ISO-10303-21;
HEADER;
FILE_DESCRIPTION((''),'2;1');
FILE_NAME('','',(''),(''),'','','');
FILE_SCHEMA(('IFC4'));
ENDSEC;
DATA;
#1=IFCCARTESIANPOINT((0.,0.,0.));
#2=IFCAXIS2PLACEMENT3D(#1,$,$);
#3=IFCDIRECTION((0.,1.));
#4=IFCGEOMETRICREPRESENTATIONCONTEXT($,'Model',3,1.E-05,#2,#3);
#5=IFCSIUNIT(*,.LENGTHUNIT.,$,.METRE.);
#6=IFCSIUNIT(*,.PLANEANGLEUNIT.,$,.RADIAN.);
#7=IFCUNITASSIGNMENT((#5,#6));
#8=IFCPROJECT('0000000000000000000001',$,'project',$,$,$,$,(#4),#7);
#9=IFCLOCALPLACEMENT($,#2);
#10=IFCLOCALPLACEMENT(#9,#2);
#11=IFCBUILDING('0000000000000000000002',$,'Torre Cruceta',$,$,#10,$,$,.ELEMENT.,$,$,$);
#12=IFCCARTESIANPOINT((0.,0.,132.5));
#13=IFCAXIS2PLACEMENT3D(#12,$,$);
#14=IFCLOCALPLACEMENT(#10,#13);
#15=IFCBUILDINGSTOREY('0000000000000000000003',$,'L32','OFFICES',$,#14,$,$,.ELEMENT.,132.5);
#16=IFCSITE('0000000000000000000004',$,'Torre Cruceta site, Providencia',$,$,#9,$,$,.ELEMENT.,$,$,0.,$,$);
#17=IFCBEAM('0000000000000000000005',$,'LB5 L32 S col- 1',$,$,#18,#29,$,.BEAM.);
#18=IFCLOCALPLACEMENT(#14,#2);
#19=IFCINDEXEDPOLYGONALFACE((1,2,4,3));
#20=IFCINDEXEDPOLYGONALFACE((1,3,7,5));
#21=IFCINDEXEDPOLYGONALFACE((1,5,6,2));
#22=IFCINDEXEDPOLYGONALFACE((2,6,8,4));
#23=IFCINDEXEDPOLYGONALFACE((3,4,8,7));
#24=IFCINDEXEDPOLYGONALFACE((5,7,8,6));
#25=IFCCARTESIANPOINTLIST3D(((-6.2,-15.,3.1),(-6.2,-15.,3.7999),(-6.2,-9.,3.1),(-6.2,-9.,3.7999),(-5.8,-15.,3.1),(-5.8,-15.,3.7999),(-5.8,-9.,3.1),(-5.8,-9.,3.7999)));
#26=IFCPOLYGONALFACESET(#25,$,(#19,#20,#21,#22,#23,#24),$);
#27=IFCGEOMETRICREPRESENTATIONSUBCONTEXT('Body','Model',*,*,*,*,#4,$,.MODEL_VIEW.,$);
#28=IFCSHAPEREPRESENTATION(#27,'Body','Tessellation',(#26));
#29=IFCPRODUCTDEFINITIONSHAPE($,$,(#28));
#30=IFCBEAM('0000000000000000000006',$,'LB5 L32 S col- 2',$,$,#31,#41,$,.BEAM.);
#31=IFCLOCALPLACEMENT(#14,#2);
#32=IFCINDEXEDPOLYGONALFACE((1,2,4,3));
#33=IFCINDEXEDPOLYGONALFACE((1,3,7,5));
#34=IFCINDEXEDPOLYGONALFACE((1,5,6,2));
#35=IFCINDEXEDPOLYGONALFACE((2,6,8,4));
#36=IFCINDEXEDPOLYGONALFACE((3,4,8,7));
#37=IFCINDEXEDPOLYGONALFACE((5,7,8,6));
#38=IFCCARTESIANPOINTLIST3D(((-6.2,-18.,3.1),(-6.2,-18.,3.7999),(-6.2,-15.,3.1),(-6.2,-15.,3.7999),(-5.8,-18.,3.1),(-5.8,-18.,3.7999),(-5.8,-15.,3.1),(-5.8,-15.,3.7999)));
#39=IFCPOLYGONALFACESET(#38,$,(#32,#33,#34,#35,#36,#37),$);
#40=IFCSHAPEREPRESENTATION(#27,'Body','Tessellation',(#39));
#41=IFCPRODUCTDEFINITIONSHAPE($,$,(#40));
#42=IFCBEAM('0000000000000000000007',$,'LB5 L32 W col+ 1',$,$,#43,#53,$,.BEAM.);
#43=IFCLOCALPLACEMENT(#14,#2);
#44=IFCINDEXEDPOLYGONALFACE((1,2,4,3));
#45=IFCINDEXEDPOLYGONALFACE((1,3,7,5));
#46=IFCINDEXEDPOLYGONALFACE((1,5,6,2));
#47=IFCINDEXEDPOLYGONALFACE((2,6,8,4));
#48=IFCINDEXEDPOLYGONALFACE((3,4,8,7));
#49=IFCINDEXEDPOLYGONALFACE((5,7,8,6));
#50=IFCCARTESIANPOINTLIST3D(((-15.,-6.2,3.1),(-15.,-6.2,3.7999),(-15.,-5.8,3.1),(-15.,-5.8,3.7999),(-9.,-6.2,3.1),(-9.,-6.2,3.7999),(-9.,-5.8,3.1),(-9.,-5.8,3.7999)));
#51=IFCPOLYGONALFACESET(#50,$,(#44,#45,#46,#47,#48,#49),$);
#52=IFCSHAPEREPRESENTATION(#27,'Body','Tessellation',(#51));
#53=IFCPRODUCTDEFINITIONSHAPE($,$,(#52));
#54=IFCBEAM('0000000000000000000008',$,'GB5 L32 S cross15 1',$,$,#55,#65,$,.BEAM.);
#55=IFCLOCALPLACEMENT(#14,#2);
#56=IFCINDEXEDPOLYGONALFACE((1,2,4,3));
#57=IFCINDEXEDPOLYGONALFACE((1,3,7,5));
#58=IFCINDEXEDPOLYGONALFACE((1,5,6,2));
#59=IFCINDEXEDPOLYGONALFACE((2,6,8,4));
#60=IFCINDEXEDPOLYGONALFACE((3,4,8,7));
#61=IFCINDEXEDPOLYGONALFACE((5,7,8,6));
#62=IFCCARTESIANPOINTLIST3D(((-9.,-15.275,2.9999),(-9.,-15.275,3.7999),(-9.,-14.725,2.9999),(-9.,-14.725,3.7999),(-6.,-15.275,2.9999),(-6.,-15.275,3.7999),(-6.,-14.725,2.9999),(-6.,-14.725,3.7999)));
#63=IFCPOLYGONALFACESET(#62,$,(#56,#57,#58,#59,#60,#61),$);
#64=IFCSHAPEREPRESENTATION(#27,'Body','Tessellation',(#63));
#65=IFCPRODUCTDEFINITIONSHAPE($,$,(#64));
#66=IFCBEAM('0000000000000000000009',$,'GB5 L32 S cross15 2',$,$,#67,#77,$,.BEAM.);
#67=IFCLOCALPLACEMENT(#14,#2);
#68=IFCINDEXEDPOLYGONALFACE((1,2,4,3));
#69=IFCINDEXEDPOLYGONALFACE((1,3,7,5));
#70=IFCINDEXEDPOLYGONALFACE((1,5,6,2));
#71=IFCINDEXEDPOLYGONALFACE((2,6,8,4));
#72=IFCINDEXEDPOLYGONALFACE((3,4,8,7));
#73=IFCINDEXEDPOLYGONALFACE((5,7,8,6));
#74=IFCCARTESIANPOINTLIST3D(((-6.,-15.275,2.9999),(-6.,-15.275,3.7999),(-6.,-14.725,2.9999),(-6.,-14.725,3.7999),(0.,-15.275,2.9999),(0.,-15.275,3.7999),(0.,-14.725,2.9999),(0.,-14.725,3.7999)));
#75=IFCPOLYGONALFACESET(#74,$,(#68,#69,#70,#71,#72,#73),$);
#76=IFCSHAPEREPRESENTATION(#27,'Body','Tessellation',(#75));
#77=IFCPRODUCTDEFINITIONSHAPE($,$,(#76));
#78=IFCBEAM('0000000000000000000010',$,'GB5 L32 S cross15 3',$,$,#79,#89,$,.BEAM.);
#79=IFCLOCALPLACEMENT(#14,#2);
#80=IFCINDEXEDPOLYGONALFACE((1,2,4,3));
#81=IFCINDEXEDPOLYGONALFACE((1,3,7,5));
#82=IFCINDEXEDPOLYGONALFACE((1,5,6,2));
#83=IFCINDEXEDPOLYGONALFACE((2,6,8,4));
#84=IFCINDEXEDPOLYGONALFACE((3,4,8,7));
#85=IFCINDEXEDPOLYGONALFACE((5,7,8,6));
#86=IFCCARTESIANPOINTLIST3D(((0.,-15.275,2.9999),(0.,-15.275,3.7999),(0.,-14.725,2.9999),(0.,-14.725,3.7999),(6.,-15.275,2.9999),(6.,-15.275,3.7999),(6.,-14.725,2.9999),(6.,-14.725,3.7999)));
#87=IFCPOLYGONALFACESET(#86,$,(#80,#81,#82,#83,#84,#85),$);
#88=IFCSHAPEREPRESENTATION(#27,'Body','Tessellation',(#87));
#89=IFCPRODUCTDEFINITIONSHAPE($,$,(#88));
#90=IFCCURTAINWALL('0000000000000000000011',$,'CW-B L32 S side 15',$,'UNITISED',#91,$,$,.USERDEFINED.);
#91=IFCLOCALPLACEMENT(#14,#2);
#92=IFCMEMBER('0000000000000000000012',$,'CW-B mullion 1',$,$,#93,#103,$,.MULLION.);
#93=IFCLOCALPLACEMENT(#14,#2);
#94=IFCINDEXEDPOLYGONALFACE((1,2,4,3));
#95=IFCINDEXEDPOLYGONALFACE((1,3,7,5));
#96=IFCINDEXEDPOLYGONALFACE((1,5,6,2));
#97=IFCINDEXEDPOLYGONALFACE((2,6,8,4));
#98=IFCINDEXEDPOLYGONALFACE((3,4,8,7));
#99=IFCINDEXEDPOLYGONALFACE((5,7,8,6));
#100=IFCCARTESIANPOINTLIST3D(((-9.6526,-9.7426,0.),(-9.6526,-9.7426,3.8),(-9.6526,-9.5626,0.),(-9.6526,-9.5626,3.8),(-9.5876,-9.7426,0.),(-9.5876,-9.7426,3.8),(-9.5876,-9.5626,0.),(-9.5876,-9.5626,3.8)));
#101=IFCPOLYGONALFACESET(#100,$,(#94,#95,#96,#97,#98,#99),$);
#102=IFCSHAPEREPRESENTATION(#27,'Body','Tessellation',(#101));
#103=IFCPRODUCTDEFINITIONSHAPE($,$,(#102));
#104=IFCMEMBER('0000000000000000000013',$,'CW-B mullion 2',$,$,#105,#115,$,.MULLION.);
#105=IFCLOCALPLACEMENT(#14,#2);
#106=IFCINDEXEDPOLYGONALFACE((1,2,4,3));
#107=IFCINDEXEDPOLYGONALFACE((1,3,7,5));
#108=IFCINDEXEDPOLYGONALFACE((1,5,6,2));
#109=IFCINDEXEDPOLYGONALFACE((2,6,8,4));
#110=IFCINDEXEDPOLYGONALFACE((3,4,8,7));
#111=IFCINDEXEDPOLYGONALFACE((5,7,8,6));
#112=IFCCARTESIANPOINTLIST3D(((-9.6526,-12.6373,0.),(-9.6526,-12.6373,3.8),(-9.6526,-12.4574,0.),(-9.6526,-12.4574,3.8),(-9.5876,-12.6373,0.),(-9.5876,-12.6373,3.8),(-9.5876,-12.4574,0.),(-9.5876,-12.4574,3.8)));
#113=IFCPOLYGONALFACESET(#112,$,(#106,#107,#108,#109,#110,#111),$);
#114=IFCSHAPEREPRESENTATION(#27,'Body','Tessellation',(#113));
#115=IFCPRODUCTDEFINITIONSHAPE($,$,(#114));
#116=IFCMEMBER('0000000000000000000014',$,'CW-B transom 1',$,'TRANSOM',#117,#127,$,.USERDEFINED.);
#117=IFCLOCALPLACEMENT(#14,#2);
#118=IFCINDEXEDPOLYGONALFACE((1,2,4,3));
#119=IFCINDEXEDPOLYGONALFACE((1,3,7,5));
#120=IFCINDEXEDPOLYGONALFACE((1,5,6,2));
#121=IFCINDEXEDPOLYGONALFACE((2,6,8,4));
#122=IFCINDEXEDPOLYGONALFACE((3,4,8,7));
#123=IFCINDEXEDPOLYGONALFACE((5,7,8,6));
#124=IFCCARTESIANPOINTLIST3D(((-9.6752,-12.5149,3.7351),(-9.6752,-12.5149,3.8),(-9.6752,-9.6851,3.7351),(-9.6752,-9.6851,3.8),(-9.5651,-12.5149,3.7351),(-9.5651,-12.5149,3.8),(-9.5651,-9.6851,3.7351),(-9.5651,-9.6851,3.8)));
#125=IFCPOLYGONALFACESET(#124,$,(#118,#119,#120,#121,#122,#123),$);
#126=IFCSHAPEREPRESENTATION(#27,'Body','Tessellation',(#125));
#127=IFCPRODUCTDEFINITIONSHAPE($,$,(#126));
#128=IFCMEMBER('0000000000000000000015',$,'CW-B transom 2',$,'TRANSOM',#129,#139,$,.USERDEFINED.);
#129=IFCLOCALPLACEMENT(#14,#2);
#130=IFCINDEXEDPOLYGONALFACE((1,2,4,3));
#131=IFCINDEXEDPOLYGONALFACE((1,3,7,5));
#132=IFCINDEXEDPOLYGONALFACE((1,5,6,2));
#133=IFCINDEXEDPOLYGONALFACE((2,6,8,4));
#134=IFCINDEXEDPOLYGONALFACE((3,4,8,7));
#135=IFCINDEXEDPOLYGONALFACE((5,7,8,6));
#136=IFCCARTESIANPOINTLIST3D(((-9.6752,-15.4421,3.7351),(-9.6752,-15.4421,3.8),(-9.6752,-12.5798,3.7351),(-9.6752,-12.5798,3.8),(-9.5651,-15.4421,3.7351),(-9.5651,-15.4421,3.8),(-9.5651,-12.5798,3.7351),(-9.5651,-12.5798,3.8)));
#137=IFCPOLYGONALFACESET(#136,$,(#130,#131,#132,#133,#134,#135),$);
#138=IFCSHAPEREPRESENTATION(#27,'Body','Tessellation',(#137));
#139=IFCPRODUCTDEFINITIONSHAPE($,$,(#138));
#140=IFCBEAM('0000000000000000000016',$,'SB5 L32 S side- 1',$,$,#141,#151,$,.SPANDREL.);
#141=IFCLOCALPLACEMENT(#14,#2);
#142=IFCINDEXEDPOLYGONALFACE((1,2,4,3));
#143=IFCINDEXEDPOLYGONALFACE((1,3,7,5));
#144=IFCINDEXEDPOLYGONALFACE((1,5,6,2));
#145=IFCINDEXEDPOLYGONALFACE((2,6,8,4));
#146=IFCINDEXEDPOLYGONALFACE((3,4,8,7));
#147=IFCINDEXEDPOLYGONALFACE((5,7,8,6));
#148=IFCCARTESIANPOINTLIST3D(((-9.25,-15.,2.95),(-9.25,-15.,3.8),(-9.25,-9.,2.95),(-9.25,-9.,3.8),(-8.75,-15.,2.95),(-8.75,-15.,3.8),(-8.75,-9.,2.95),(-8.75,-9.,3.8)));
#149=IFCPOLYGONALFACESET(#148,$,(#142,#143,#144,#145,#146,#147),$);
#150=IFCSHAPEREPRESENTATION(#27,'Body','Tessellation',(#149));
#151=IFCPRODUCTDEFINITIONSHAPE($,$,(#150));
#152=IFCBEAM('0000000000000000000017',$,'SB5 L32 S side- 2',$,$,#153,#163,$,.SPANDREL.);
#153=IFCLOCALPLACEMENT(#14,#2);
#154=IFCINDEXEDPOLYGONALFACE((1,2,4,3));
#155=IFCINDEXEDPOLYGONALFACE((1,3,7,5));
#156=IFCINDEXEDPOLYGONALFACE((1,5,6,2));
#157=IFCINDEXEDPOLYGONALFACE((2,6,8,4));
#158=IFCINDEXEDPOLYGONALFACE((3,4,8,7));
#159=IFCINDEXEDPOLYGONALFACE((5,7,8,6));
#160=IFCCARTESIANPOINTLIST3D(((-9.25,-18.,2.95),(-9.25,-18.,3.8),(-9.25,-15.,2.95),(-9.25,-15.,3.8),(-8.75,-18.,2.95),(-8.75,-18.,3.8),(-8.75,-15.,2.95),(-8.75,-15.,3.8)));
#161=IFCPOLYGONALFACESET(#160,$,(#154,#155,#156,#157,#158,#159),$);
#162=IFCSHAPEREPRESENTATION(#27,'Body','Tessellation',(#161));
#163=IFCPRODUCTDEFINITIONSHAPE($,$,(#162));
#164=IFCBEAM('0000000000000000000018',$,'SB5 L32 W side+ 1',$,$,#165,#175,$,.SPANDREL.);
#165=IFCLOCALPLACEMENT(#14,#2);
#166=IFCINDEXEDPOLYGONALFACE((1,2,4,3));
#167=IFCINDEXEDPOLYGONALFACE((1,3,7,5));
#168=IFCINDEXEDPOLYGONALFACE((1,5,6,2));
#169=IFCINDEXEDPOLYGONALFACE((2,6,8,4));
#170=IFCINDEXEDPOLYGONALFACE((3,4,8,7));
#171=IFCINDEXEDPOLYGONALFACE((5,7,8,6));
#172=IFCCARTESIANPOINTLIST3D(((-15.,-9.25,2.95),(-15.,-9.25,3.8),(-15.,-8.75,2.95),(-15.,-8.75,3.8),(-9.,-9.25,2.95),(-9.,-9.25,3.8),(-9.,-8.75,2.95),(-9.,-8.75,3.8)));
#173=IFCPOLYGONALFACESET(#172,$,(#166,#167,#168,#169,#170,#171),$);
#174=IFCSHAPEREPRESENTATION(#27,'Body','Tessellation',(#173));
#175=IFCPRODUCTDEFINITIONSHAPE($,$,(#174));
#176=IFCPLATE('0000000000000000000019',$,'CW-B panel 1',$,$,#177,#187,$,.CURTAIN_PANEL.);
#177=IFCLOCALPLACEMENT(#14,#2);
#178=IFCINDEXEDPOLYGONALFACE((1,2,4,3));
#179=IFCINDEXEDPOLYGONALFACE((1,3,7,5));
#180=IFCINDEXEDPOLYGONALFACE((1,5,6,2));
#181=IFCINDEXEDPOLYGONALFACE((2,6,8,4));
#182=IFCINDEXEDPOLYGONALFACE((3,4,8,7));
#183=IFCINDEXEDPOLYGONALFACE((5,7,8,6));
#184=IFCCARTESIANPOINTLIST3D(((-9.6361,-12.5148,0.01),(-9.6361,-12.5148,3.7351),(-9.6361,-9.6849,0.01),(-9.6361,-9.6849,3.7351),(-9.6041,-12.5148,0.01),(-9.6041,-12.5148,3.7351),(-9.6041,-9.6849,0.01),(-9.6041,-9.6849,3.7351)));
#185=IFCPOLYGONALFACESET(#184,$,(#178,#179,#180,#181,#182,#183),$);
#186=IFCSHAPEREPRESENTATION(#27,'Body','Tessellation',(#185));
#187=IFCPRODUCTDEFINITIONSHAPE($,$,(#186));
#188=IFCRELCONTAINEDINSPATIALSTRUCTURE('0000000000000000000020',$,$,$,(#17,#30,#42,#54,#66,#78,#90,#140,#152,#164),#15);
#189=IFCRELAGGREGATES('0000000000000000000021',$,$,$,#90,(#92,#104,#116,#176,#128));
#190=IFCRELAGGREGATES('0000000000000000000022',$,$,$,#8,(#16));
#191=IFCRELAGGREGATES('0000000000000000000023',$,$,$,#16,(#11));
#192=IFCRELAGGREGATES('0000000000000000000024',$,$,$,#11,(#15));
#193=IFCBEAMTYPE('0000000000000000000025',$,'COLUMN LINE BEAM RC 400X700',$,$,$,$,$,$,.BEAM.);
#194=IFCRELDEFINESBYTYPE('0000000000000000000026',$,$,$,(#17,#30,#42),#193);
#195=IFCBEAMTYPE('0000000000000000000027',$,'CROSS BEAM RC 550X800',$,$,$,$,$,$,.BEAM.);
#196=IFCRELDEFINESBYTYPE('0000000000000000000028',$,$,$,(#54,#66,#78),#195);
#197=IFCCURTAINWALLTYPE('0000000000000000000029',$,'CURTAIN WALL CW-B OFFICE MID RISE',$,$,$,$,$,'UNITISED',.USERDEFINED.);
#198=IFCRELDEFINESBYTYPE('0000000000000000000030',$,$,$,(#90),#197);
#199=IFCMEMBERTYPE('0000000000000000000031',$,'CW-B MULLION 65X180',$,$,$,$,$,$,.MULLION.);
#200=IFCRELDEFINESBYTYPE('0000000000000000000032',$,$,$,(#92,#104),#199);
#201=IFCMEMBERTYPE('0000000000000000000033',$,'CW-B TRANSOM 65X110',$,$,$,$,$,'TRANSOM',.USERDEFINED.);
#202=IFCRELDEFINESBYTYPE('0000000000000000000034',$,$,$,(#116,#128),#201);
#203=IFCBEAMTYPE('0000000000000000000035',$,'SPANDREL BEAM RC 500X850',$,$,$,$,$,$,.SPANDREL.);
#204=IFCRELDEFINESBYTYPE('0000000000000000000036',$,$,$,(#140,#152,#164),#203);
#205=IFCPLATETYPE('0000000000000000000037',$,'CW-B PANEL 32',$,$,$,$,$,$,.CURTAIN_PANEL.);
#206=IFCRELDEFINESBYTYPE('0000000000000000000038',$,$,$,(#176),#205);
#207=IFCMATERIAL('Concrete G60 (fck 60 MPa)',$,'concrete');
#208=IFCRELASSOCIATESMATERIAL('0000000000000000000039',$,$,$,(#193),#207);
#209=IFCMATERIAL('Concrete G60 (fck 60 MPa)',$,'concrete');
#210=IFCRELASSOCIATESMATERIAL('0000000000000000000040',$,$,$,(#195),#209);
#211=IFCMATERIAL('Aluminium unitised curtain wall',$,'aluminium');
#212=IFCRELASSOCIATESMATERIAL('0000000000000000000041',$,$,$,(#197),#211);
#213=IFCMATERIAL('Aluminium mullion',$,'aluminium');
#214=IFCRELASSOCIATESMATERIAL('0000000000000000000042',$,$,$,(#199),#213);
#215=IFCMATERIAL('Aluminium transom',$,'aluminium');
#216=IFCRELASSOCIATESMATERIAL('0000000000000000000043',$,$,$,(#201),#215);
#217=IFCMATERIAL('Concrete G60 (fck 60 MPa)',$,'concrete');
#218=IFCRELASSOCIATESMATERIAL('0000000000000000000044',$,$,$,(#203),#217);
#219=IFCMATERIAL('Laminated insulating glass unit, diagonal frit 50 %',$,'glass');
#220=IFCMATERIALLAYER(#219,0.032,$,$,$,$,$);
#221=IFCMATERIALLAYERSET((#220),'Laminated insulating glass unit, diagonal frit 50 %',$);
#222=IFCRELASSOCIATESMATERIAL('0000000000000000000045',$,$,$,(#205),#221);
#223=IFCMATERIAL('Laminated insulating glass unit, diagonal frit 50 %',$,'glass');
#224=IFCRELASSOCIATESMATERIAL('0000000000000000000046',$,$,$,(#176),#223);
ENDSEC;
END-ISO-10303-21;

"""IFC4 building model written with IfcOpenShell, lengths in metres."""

from ifc_helpers import new_model, si_unit, direction, frame, origin, origin_2d, place, context, subcontext, project, spatial, rectangle, extrude, material, layer, layer_set, material_profile, profile_set, type_object, element, aggregate, save


model = new_model("IFC4")

# Units and contexts
model_context = context("Model", 3, precision=1e-05, world=origin(), true_north=direction((0.0, 1.0)))
body_context = subcontext(model_context, "Body", "Model", "MODEL_VIEW")
ifc_project = project(units=[si_unit("LENGTHUNIT", "METRE"), si_unit("PLANEANGLEUNIT", "RADIAN")], contexts=[model_context])

# Site, building, storey
site_placement = place(None, origin())
site = spatial("IfcSite", under=ifc_project, at=site_placement, Name="Torre Cruceta site, Providencia", CompositionType="ELEMENT", RefElevation=0.0)
building_placement = place(site_placement, origin())
building = spatial("IfcBuilding", under=site, at=building_placement, Name="Torre Cruceta", CompositionType="ELEMENT")
storey_placement = place(building_placement, frame((0.0, 0.0, 132.5)))
storey = spatial("IfcBuildingStorey", under=building, at=storey_placement, Name="L32", Description="OFFICES", CompositionType="ELEMENT", Elevation=132.5)

# Beams
ifc_material_1 = material(Name="Concrete G60 (fck 60 MPa)", Category="concrete")
ifc_material_profile_1 = material_profile(ifc_material_1, rectangle(XDim=0.3999, YDim=0.7, at=origin_2d()), Name="RC 400X700")
ifc_profile_set_1 = profile_set([ifc_material_profile_1], Name="Concrete G60 (fck 60 MPa)")
beam_type_1 = type_object("IfcBeamType", Name="COLUMN LINE BEAM RC 400X700", PredefinedType="BEAM", material=ifc_profile_set_1)
beam_1_placement = place(storey_placement, frame((-6.0, -9.0, 3.45), z_axis=(0.0, -1.0, 0.0), x_axis=(1.0, 0.0, 0.0)))
element("IfcBeam", 1, at=beam_1_placement, inside=storey, type_object=beam_type_1, Name="LB5 L32 S col- 1", PredefinedType="BEAM", context=body_context, shape_type="SweptSolid", body=[
    extrude(rectangle(XDim=0.3999, YDim=0.7, at=origin_2d()), origin(), (0.0, 0.0, 1.0), 6.0),
])
beam_2_placement = place(storey_placement, frame((-6.0, -15.0, 3.45), z_axis=(0.0, -1.0, 0.0), x_axis=(1.0, 0.0, 0.0)))
element("IfcBeam", 2, at=beam_2_placement, inside=storey, type_object=beam_type_1, Name="LB5 L32 S col- 2", PredefinedType="BEAM", context=body_context, shape_type="SweptSolid", body=[
    extrude(rectangle(XDim=0.3999, YDim=0.7, at=origin_2d()), origin(), (0.0, 0.0, 1.0), 3.0),
])
beam_3_placement = place(storey_placement, frame((-9.0, -6.0, 3.45), z_axis=(-1.0, 0.0, 0.0), x_axis=(0.0, -1.0, 0.0)))
element("IfcBeam", 3, at=beam_3_placement, inside=storey, type_object=beam_type_1, Name="LB5 L32 W col+ 1", PredefinedType="BEAM", context=body_context, shape_type="SweptSolid", body=[
    extrude(rectangle(XDim=0.3999, YDim=0.7, at=origin_2d()), origin(), (0.0, 0.0, 1.0), 6.0),
])
ifc_material_2 = material(Name="Concrete G60 (fck 60 MPa)", Category="concrete")
ifc_material_profile_2 = material_profile(ifc_material_2, rectangle(XDim=0.55, YDim=0.8, at=origin_2d()), Name="RC 550X800")
ifc_profile_set_2 = profile_set([ifc_material_profile_2], Name="Concrete G60 (fck 60 MPa)")
beam_type_2 = type_object("IfcBeamType", Name="CROSS BEAM RC 550X800", PredefinedType="BEAM", material=ifc_profile_set_2)
beam_4_placement = place(storey_placement, frame((-9.0, -15.0, 3.3999), z_axis=(1.0, 0.0, 0.0), x_axis=(0.0, 1.0, 0.0)))
element("IfcBeam", 4, at=beam_4_placement, inside=storey, type_object=beam_type_2, Name="GB5 L32 S cross15 1", PredefinedType="BEAM", context=body_context, shape_type="SweptSolid", body=[
    extrude(rectangle(XDim=0.55, YDim=0.8, at=origin_2d()), origin(), (0.0, 0.0, 1.0), 3.0),
])
for number, where, z_axis, x_axis, name in (
    (5, (-6.0, -15.0, 3.3999), (1.0, 0.0, 0.0), (0.0, 1.0, 0.0), "GB5 L32 S cross15 2"),
    (6, (0.0, -15.0, 3.3999), (1.0, 0.0, 0.0), (0.0, 1.0, 0.0), "GB5 L32 S cross15 3"),
):
    element("IfcBeam", number, at=place(storey_placement, frame(where, z_axis=z_axis, x_axis=x_axis)), inside=storey, type_object=beam_type_2, Name=name, PredefinedType="BEAM", context=body_context, shape_type="SweptSolid", body=[
        extrude(rectangle(XDim=0.55, YDim=0.8, at=origin_2d()), origin(), (0.0, 0.0, 1.0), 6.0),
    ])

# Curtain wall, members
ifc_material_3 = material(Name="Aluminium unitised curtain wall", Category="aluminium")
curtain_wall_type = type_object("IfcCurtainWallType", Name="CURTAIN WALL CW-B OFFICE MID RISE", ElementType="UNITISED", PredefinedType="USERDEFINED", material=ifc_material_3)
curtain_wall_placement = place(storey_placement, origin())
curtain_wall = element("IfcCurtainWall", 7, at=curtain_wall_placement, inside=storey, type_object=curtain_wall_type, Name="CW-B L32 S side 15", ObjectType="UNITISED", PredefinedType="USERDEFINED")
ifc_material_4 = material(Name="Aluminium mullion", Category="aluminium")
ifc_material_profile_3 = material_profile(ifc_material_4, rectangle(XDim=0.0649, YDim=0.1799, at=origin_2d()), Name="AL 65X180")
ifc_profile_set_3 = profile_set([ifc_material_profile_3], Name="Aluminium mullion")
member_type_1 = type_object("IfcMemberType", Name="CW-B MULLION 65X180", PredefinedType="MULLION", material=ifc_profile_set_3)
member_1_placement = place(storey_placement, frame((-9.6201, -9.6526, 0.0), z_axis=(0.0, 0.0, 1.0), x_axis=(1.0, 0.0, 0.0)))
member_1 = element("IfcMember", 8, at=member_1_placement, type_object=member_type_1, Name="CW-B mullion 1", PredefinedType="MULLION", context=body_context, shape_type="SweptSolid", body=[
    extrude(rectangle(XDim=0.0649, YDim=0.1799, at=origin_2d()), origin(), (0.0, 0.0, 1.0), 3.8),
])
member_2_placement = place(storey_placement, frame((-9.6201, -12.5474, 0.0), z_axis=(0.0, 0.0, 1.0), x_axis=(1.0, 0.0, 0.0)))
member_2 = element("IfcMember", 9, at=member_2_placement, type_object=member_type_1, Name="CW-B mullion 2", PredefinedType="MULLION", context=body_context, shape_type="SweptSolid", body=[
    extrude(rectangle(XDim=0.0649, YDim=0.1799, at=origin_2d()), origin(), (0.0, 0.0, 1.0), 3.8),
])
ifc_material_5 = material(Name="Aluminium transom", Category="aluminium")
ifc_material_profile_4 = material_profile(ifc_material_5, rectangle(XDim=0.1101, YDim=0.0649, at=origin_2d()), Name="AL 110X65")
ifc_profile_set_4 = profile_set([ifc_material_profile_4], Name="Aluminium transom")
member_type_2 = type_object("IfcMemberType", Name="CW-B TRANSOM 65X110", ElementType="TRANSOM", PredefinedType="USERDEFINED", material=ifc_profile_set_4)
member_3_placement = place(storey_placement, frame((-9.6201, -9.6851, 3.7676), z_axis=(0.0, -1.0, 0.0), x_axis=(1.0, 0.0, 0.0)))
member_3 = element("IfcMember", 10, at=member_3_placement, type_object=member_type_2, Name="CW-B transom 1", ObjectType="TRANSOM", PredefinedType="USERDEFINED", context=body_context, shape_type="SweptSolid", body=[
    extrude(rectangle(XDim=0.1101, YDim=0.0649, at=origin_2d()), origin(), (0.0, 0.0, 1.0), 2.8298),
])
member_4_placement = place(storey_placement, frame((-9.6201, -12.5798, 3.7676), z_axis=(0.0, -1.0, 0.0), x_axis=(1.0, 0.0, 0.0)))
member_4 = element("IfcMember", 11, at=member_4_placement, type_object=member_type_2, Name="CW-B transom 2", ObjectType="TRANSOM", PredefinedType="USERDEFINED", context=body_context, shape_type="SweptSolid", body=[
    extrude(rectangle(XDim=0.1101, YDim=0.0649, at=origin_2d()), origin(), (0.0, 0.0, 1.0), 2.8623),
])

# Beams
ifc_material_6 = material(Name="Concrete G60 (fck 60 MPa)", Category="concrete")
ifc_material_profile_5 = material_profile(ifc_material_6, rectangle(XDim=0.5, YDim=0.8501, at=origin_2d()), Name="RC 500X850")
ifc_profile_set_5 = profile_set([ifc_material_profile_5], Name="Concrete G60 (fck 60 MPa)")
beam_type_3 = type_object("IfcBeamType", Name="SPANDREL BEAM RC 500X850", PredefinedType="SPANDREL", material=ifc_profile_set_5)
beam_5_placement = place(storey_placement, frame((-9.0, -9.0, 3.375), z_axis=(0.0, -1.0, 0.0), x_axis=(1.0, 0.0, 0.0)))
element("IfcBeam", 12, at=beam_5_placement, inside=storey, type_object=beam_type_3, Name="SB5 L32 S side- 1", PredefinedType="SPANDREL", context=body_context, shape_type="SweptSolid", body=[
    extrude(rectangle(XDim=0.5, YDim=0.8501, at=origin_2d()), origin(), (0.0, 0.0, 1.0), 6.0),
])
beam_6_placement = place(storey_placement, frame((-9.0, -15.0, 3.375), z_axis=(0.0, -1.0, 0.0), x_axis=(1.0, 0.0, 0.0)))
element("IfcBeam", 13, at=beam_6_placement, inside=storey, type_object=beam_type_3, Name="SB5 L32 S side- 2", PredefinedType="SPANDREL", context=body_context, shape_type="SweptSolid", body=[
    extrude(rectangle(XDim=0.5, YDim=0.8501, at=origin_2d()), origin(), (0.0, 0.0, 1.0), 3.0),
])
beam_7_placement = place(storey_placement, frame((-9.0, -9.0, 3.375), z_axis=(-1.0, 0.0, 0.0), x_axis=(0.0, -1.0, 0.0)))
element("IfcBeam", 14, at=beam_7_placement, inside=storey, type_object=beam_type_3, Name="SB5 L32 W side+ 1", PredefinedType="SPANDREL", context=body_context, shape_type="SweptSolid", body=[
    extrude(rectangle(XDim=0.5, YDim=0.8501, at=origin_2d()), origin(), (0.0, 0.0, 1.0), 6.0),
])

# Plate
ifc_material_7 = material(Name="Laminated insulating glass unit, diagonal frit 50 %", Category="glass")
ifc_material_8 = material(Name="Laminated insulating glass unit, diagonal frit 50 %", Category="glass")
ifc_layer_1 = layer(ifc_material_8, 0.032)
ifc_layer_set_1 = layer_set([ifc_layer_1], Name="Laminated insulating glass unit, diagonal frit 50 %")
plate_type = type_object("IfcPlateType", Name="CW-B PANEL 32", PredefinedType="CURTAIN_PANEL", material=ifc_layer_set_1)
plate_placement = place(storey_placement, frame((-9.6201, -11.0999, 0.01), z_axis=(0.0, 0.0, 1.0), x_axis=(0.0, -1.0, 0.0)))
plate = element("IfcPlate", 15, at=plate_placement, type_object=plate_type, material=ifc_material_7, Name="CW-B panel 1", PredefinedType="CURTAIN_PANEL", context=body_context, shape_type="SweptSolid", body=[
    extrude(rectangle(XDim=2.8298, YDim=0.032, at=origin_2d()), origin(), (0.0, 0.0, 1.0), 3.7251),
])
aggregate(curtain_wall, [member_1, member_2, member_3, plate, member_4])

save(model, "model.ifc")
